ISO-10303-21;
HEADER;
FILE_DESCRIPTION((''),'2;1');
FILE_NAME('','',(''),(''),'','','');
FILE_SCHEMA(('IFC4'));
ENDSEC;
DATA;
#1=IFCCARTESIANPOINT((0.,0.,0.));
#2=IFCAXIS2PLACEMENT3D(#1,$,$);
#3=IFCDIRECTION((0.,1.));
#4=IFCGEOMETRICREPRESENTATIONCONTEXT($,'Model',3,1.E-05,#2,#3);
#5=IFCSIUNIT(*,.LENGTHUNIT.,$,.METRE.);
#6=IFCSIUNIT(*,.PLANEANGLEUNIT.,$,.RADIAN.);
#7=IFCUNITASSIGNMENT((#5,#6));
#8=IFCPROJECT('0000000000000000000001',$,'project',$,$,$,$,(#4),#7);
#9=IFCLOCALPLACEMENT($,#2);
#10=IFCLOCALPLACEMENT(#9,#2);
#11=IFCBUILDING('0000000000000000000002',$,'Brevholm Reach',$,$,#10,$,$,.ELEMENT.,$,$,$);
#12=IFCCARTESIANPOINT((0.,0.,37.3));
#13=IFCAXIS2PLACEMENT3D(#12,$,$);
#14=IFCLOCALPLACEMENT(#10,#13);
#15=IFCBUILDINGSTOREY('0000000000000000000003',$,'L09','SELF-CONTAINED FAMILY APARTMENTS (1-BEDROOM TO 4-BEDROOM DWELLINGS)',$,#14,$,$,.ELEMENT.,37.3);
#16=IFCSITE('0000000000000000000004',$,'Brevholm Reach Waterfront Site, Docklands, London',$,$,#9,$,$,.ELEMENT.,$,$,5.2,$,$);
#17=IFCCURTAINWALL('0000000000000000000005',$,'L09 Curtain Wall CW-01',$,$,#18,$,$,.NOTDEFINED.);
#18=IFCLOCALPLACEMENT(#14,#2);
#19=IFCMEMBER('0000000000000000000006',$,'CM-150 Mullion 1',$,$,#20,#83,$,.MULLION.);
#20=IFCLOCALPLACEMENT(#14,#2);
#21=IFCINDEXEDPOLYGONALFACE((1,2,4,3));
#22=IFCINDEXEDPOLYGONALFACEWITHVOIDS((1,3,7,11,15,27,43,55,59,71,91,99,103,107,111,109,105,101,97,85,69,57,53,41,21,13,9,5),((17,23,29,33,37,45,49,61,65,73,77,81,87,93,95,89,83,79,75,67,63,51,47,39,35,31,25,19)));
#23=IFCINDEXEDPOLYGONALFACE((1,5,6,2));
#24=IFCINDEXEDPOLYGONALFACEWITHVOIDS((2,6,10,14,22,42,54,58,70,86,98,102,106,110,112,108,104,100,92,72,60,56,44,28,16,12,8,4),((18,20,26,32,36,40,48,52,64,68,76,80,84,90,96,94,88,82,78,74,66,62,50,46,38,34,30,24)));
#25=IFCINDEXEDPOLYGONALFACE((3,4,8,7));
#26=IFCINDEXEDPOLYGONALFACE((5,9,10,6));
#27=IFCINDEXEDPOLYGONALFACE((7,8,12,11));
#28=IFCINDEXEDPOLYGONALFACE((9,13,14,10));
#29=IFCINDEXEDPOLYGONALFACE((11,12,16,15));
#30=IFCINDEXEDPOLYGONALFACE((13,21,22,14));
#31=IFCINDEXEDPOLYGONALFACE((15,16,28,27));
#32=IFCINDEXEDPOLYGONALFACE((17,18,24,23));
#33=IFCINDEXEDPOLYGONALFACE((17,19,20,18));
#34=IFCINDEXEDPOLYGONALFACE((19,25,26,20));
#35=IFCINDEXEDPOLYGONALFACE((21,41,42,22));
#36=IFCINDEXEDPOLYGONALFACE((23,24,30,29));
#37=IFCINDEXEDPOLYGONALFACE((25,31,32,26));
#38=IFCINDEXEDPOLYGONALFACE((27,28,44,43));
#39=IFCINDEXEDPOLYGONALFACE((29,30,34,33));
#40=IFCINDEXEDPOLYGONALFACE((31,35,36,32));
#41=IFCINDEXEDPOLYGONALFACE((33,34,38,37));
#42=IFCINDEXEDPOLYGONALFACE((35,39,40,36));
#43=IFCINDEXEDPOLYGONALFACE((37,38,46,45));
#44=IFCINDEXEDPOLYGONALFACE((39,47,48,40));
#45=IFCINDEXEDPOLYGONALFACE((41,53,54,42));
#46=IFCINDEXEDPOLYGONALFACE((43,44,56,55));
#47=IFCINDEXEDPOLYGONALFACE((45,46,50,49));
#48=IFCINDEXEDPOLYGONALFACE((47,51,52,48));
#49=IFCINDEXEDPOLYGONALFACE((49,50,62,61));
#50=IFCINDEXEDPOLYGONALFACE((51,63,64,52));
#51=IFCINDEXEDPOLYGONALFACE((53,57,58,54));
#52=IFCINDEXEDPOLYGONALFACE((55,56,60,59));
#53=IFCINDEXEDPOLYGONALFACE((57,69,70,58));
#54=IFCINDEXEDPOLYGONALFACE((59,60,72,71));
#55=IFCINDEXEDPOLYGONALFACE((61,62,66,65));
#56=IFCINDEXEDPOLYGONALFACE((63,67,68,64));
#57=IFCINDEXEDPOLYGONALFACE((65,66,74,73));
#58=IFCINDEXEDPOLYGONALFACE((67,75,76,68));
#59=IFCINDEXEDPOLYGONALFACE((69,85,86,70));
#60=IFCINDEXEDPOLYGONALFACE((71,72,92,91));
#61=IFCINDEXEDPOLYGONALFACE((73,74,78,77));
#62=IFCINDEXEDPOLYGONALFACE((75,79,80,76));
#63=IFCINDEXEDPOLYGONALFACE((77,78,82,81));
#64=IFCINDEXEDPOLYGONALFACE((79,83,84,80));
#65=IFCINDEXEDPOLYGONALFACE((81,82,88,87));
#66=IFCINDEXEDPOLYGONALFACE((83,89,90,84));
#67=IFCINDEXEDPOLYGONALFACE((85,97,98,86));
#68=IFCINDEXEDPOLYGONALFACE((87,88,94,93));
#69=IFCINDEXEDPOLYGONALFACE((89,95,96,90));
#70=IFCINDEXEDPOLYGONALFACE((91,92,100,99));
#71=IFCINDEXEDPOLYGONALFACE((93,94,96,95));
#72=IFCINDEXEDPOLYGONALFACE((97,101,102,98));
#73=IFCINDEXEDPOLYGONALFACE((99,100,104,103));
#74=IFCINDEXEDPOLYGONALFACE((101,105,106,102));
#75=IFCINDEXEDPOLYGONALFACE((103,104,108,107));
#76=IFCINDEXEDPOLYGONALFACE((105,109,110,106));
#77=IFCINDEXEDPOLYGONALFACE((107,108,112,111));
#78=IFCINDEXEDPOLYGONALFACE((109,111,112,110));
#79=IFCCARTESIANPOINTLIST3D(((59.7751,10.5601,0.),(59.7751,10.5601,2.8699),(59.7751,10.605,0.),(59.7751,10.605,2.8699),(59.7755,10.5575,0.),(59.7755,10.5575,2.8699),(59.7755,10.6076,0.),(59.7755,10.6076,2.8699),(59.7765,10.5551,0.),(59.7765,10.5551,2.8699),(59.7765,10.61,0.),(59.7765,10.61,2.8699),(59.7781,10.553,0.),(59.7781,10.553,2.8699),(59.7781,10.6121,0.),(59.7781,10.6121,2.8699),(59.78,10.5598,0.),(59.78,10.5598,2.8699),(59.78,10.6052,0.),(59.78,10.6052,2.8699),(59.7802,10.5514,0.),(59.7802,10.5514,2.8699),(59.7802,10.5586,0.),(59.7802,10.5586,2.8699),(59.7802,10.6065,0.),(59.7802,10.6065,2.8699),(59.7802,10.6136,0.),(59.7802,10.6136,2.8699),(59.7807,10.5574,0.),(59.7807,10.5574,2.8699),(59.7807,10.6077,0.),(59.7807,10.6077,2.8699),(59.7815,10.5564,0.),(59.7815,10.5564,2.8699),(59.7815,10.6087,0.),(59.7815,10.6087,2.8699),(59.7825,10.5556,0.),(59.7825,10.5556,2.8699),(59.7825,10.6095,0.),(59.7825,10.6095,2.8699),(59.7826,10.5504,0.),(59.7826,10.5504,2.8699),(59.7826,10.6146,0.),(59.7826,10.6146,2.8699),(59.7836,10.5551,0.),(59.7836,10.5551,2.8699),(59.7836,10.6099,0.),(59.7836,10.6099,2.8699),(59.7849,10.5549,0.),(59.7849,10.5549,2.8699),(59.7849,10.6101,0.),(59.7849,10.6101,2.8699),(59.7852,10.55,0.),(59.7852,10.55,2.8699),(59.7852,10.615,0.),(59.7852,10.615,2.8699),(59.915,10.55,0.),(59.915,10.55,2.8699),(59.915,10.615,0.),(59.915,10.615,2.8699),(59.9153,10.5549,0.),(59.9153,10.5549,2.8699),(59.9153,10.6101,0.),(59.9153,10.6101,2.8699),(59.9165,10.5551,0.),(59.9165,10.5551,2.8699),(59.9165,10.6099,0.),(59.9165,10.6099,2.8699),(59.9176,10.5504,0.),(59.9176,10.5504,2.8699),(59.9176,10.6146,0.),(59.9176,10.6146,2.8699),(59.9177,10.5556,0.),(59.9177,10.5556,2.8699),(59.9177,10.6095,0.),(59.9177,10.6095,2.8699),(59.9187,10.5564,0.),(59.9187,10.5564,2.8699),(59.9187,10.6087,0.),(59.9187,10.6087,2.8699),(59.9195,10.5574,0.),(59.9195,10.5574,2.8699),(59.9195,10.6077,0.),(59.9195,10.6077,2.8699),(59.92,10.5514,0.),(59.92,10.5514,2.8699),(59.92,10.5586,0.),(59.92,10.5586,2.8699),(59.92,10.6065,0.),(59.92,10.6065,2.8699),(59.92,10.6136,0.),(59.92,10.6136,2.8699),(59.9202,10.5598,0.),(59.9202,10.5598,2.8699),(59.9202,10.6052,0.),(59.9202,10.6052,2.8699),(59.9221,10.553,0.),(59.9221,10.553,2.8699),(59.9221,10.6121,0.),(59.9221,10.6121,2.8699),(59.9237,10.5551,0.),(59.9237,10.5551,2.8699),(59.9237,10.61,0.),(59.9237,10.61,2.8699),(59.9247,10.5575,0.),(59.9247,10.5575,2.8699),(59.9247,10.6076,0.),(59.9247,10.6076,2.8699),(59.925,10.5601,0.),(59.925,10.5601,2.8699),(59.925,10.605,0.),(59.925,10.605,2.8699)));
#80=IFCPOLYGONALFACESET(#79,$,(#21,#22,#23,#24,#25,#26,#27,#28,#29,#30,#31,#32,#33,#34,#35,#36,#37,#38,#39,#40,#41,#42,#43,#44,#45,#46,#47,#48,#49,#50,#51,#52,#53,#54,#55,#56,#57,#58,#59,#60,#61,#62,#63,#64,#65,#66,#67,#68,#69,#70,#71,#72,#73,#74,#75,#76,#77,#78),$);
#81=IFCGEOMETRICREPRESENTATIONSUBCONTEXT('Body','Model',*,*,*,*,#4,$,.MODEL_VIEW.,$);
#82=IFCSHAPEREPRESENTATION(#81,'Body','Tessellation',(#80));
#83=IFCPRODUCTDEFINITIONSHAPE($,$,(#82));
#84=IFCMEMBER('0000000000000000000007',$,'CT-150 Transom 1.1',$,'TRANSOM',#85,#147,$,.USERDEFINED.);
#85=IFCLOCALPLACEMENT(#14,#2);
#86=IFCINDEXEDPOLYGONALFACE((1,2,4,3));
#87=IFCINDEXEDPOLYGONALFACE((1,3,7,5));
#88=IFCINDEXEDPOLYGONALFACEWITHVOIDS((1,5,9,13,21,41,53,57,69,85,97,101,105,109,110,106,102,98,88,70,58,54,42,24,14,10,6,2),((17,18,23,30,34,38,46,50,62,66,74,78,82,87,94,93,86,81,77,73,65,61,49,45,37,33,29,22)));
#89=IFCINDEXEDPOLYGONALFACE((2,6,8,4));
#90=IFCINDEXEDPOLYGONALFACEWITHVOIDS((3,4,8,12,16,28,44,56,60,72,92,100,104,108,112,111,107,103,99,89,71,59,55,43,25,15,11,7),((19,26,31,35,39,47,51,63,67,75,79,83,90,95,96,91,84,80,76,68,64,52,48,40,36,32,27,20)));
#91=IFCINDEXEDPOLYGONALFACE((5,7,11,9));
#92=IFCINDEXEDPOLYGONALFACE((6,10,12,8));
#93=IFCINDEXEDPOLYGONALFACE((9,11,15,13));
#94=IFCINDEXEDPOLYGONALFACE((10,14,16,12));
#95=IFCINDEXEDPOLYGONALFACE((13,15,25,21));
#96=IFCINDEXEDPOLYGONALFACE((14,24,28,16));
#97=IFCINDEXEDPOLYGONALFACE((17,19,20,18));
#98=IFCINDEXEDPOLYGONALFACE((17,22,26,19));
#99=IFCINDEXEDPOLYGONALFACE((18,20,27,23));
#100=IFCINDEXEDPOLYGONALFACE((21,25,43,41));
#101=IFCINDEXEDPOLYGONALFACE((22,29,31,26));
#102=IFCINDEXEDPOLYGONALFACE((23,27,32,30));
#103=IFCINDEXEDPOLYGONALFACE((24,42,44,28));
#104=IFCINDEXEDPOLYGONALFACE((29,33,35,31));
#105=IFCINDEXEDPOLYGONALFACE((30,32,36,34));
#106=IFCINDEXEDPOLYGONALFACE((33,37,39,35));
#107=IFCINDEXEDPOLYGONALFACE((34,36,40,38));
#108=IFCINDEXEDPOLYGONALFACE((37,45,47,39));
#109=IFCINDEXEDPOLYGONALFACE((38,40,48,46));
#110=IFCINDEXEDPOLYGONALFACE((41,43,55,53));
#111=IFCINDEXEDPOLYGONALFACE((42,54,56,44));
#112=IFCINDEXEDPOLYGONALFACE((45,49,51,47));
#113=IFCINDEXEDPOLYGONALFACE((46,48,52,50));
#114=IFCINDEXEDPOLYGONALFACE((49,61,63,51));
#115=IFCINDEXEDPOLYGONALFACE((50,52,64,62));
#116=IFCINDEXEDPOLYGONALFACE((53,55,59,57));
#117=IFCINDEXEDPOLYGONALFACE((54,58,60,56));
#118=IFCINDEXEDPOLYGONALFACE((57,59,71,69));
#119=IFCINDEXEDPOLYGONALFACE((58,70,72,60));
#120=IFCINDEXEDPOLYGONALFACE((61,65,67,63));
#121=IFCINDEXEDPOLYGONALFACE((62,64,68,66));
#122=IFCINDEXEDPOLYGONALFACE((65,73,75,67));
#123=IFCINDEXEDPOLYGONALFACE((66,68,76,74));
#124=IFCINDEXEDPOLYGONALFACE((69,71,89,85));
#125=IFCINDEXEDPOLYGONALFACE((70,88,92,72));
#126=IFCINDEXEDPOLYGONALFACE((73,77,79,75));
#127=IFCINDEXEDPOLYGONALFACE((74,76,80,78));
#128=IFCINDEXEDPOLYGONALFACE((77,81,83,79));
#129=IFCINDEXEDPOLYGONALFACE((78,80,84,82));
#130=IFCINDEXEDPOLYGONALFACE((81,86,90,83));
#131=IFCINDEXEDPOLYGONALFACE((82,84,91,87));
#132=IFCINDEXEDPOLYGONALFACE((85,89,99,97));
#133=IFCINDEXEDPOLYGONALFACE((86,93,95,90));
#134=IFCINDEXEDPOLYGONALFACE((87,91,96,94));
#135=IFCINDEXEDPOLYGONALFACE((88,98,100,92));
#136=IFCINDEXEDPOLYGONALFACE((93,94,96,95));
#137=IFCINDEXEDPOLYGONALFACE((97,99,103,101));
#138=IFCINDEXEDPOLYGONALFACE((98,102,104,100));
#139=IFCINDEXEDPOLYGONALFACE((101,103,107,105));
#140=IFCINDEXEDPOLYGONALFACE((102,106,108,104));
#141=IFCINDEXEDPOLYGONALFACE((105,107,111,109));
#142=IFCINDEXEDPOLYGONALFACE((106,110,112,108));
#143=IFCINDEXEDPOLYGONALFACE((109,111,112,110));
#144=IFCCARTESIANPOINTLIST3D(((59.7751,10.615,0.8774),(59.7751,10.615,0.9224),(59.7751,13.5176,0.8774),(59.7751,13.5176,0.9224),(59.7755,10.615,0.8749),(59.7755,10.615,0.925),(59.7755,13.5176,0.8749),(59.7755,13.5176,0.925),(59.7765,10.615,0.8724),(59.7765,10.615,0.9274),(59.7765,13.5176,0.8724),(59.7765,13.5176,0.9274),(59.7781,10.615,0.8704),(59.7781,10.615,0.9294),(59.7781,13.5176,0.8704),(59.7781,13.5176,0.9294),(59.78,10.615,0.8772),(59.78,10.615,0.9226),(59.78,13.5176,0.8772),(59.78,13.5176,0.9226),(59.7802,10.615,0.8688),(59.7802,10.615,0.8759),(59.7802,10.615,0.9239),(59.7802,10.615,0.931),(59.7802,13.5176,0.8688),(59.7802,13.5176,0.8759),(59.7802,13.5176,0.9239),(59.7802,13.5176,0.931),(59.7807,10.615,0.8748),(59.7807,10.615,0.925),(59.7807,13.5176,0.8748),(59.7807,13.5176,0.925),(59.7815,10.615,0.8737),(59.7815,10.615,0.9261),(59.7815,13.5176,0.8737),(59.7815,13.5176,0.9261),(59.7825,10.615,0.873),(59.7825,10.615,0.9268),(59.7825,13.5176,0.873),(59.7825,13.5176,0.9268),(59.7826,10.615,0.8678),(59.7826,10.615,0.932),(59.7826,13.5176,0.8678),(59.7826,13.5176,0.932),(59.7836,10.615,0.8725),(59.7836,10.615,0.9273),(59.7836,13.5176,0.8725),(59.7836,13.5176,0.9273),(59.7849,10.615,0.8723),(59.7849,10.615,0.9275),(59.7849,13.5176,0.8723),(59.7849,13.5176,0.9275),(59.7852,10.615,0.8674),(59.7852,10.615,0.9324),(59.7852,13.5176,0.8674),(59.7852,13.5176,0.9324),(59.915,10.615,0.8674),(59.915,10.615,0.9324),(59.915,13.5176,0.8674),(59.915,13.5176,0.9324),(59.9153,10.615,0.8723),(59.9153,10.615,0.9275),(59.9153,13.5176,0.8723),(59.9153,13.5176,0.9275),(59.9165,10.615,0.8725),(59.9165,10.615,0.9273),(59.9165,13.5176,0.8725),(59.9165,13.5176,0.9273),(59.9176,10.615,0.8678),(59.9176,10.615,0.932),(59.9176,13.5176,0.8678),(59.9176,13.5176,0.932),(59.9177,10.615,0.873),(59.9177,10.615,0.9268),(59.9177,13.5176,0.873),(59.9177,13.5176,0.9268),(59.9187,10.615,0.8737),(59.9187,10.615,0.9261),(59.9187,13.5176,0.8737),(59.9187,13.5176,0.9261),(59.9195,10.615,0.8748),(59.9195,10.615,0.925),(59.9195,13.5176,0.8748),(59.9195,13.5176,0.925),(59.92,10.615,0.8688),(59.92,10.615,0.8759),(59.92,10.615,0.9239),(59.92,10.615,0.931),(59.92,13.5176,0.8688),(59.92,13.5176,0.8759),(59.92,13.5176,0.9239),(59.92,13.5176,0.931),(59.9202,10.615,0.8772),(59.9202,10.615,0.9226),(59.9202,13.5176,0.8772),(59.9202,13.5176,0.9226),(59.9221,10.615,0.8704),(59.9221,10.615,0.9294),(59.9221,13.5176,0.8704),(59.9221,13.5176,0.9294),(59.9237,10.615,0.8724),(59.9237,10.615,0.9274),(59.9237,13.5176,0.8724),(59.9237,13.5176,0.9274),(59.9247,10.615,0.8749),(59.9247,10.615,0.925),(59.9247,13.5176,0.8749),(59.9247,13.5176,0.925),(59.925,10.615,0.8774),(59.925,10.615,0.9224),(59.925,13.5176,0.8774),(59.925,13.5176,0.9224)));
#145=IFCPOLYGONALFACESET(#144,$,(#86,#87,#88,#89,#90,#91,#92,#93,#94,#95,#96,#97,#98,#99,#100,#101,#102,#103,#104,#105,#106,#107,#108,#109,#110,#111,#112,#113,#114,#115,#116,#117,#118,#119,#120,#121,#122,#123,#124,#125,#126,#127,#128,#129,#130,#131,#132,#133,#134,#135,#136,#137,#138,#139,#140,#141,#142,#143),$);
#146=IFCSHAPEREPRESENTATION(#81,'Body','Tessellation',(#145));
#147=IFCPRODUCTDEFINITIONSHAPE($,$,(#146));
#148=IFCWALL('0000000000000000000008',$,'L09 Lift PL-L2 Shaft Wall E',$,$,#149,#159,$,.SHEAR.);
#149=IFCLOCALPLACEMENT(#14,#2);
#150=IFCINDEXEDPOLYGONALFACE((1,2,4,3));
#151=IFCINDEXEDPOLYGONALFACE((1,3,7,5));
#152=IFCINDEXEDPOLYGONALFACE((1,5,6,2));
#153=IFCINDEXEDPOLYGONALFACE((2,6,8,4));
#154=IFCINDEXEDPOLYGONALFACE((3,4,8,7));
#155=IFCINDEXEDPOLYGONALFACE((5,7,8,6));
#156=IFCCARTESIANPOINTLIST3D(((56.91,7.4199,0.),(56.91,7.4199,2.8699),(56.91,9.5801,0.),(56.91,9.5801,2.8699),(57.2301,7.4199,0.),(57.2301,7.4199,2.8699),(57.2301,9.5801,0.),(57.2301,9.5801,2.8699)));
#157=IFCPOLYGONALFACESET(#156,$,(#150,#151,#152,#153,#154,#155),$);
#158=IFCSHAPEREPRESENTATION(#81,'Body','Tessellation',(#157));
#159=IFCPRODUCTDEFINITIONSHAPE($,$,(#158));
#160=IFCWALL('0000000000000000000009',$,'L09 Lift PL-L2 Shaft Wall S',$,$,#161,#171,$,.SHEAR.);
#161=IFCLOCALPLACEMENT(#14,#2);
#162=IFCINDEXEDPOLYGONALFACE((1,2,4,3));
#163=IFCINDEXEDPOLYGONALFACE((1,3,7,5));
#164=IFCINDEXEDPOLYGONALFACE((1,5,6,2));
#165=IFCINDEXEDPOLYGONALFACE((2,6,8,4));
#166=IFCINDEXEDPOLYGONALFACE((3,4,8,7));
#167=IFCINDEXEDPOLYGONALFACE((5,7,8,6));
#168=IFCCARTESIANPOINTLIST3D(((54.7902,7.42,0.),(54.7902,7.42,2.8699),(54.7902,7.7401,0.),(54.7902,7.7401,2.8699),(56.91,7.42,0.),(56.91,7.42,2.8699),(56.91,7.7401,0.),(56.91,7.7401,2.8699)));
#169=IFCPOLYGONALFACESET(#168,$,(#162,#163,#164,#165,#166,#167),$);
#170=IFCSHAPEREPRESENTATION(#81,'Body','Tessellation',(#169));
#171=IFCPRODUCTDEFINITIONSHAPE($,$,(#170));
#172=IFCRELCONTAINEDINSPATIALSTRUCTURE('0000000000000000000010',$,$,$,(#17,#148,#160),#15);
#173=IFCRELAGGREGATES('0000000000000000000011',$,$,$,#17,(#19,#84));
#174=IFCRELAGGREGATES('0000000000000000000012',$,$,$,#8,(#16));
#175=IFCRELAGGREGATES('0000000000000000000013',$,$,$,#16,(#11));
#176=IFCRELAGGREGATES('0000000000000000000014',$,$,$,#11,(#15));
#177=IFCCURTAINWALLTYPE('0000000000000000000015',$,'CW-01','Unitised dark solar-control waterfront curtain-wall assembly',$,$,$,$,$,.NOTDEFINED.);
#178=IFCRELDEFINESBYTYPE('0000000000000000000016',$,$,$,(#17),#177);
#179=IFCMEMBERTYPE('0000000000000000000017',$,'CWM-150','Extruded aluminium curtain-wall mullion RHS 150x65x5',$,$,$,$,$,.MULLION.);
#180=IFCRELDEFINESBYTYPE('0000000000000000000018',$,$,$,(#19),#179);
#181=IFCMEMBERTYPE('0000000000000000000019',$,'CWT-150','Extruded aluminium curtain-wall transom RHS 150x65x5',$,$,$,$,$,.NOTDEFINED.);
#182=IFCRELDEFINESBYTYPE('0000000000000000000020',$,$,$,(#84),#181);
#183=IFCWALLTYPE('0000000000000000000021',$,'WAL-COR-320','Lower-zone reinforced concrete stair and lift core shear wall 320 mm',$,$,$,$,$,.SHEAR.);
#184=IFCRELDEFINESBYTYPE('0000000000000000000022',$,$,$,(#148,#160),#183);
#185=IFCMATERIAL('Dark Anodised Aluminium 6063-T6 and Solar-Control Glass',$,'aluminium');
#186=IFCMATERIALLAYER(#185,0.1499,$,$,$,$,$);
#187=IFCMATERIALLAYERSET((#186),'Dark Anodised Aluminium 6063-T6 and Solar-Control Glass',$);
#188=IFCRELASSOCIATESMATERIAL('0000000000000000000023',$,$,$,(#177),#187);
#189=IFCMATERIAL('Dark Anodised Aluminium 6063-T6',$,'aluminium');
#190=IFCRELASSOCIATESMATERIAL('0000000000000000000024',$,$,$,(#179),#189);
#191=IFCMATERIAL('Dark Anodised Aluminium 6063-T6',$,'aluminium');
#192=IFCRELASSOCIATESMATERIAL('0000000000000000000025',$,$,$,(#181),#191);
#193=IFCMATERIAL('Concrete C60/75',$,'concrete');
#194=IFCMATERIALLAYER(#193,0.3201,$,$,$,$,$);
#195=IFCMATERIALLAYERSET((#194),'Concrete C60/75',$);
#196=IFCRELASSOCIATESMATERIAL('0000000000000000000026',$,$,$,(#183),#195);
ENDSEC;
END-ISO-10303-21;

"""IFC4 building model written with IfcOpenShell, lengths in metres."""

from ifc_helpers import new_model, si_unit, direction, frame, frame_2d, origin, origin_2d, place, context, subcontext, project, spatial, rectangle, hollow_rectangle, extrude, material, layer, layer_set, material_profile, profile_set, type_object, element, aggregate, save


model = new_model("IFC4")

# Units and contexts
model_context = context("Model", 3, precision=1e-05, world=origin(), true_north=direction((0.0, 1.0)))
body_context = subcontext(model_context, "Body", "Model", "MODEL_VIEW")
ifc_project = project(units=[si_unit("LENGTHUNIT", "METRE"), si_unit("PLANEANGLEUNIT", "RADIAN")], contexts=[model_context])

# Site, building, storey
site_placement = place(None, origin())
site = spatial("IfcSite", under=ifc_project, at=site_placement, Name="Brevholm Reach Waterfront Site, Docklands, London", CompositionType="ELEMENT", RefElevation=5.2)
building_placement = place(site_placement, origin())
building = spatial("IfcBuilding", under=site, at=building_placement, Name="Brevholm Reach", CompositionType="ELEMENT")
storey_placement = place(building_placement, frame((0.0, 0.0, 37.3)))
storey = spatial("IfcBuildingStorey", under=building, at=storey_placement, Name="L09", Description="SELF-CONTAINED FAMILY APARTMENTS (1-BEDROOM TO 4-BEDROOM DWELLINGS)", CompositionType="ELEMENT", Elevation=37.3)

# Curtain wall, members
ifc_material_1 = material(Name="Dark Anodised Aluminium 6063-T6 and Solar-Control Glass", Category="aluminium")
ifc_layer_1 = layer(ifc_material_1, 0.1499)
ifc_layer_set_1 = layer_set([ifc_layer_1], Name="Dark Anodised Aluminium 6063-T6 and Solar-Control Glass")
curtain_wall_type = type_object("IfcCurtainWallType", Name="CW-01", Description="Unitised dark solar-control waterfront curtain-wall assembly", PredefinedType="NOTDEFINED", material=ifc_layer_set_1)
curtain_wall_placement = place(storey_placement, origin())
curtain_wall = element("IfcCurtainWall", 1, at=curtain_wall_placement, inside=storey, type_object=curtain_wall_type, Name="L09 Curtain Wall CW-01", PredefinedType="NOTDEFINED")
ifc_material_2 = material(Name="Dark Anodised Aluminium 6063-T6", Category="aluminium")
ifc_material_profile_1 = material_profile(ifc_material_2, hollow_rectangle(XDim=0.0649, YDim=0.1499, WallThickness=0.0049, InnerFilletRadius=0.0049, OuterFilletRadius=0.01, at=origin_2d()), Name="RHS 150x65x5")
ifc_profile_set_1 = profile_set([ifc_material_profile_1], Name="Dark Anodised Aluminium 6063-T6")
member_type_1 = type_object("IfcMemberType", Name="CWM-150", Description="Extruded aluminium curtain-wall mullion RHS 150x65x5", PredefinedType="MULLION", material=ifc_profile_set_1)
member_1_placement = place(storey_placement, frame((59.8501, 10.5825, 0.0), z_axis=(0.0, 0.0, 1.0), x_axis=(0.0, 1.0, 0.0)))
member_1 = element("IfcMember", 2, at=member_1_placement, type_object=member_type_1, Name="CM-150 Mullion 1", PredefinedType="MULLION", context=body_context, shape_type="SweptSolid", body=[
    extrude(hollow_rectangle(XDim=0.0649, YDim=0.1499, WallThickness=0.0049, InnerFilletRadius=0.0049, OuterFilletRadius=0.01, at=origin_2d()), origin(), (0.0, 0.0, 1.0), 2.8699),
])
ifc_material_3 = material(Name="Dark Anodised Aluminium 6063-T6", Category="aluminium")
ifc_material_profile_2 = material_profile(ifc_material_3, hollow_rectangle(XDim=0.0649, YDim=0.1499, WallThickness=0.0049, InnerFilletRadius=0.0049, OuterFilletRadius=0.01, at=origin_2d()), Name="RHS 150x65x5")
ifc_profile_set_2 = profile_set([ifc_material_profile_2], Name="Dark Anodised Aluminium 6063-T6")
member_type_2 = type_object("IfcMemberType", Name="CWT-150", Description="Extruded aluminium curtain-wall transom RHS 150x65x5", PredefinedType="NOTDEFINED", material=ifc_profile_set_2)
member_2_placement = place(storey_placement, frame((59.8501, 10.615, 0.8999), z_axis=(0.0, 1.0, 0.0), x_axis=(0.0, 0.0, 1.0)))
member_2 = element("IfcMember", 3, at=member_2_placement, type_object=member_type_2, Name="CT-150 Transom 1.1", ObjectType="TRANSOM", PredefinedType="USERDEFINED", context=body_context, shape_type="SweptSolid", body=[
    extrude(hollow_rectangle(XDim=0.0649, YDim=0.1499, WallThickness=0.0049, InnerFilletRadius=0.0049, OuterFilletRadius=0.01, at=origin_2d()), origin(), (0.0, 0.0, 1.0), 2.9026),
])
aggregate(curtain_wall, [member_1, member_2])

# Walls
ifc_material_4 = material(Name="Concrete C60/75", Category="concrete")
ifc_layer_2 = layer(ifc_material_4, 0.3201)
ifc_layer_set_2 = layer_set([ifc_layer_2], Name="Concrete C60/75")
wall_type_1 = type_object("IfcWallType", Name="WAL-COR-320", Description="Lower-zone reinforced concrete stair and lift core shear wall 320 mm", PredefinedType="SHEAR", material=ifc_layer_set_2)
wall_1_placement = place(storey_placement, frame((57.0701, 7.4199, 0.0), z_axis=(0.0, 0.0, 1.0), x_axis=(0.0, 1.0, 0.0)))
element("IfcWall", 4, at=wall_1_placement, inside=storey, type_object=wall_type_1, Name="L09 Lift PL-L2 Shaft Wall E", PredefinedType="SHEAR", context=body_context, shape_type="SweptSolid", body=[
    extrude(rectangle(XDim=2.1602, YDim=0.3201, at=frame_2d((1.0801, 0.0))), origin(), (0.0, 0.0, 1.0), 2.8699),
])
wall_2_placement = place(storey_placement, frame((54.79, 7.5801, 0.0), z_axis=(0.0, 0.0, 1.0), x_axis=(1.0, 0.0, 0.0)))
element("IfcWall", 5, at=wall_2_placement, inside=storey, type_object=wall_type_1, Name="L09 Lift PL-L2 Shaft Wall S", PredefinedType="SHEAR", context=body_context, shape_type="SweptSolid", body=[
    extrude(rectangle(XDim=2.1199, YDim=0.3201, at=frame_2d((1.0601, 0.0))), origin(), (0.0, 0.0, 1.0), 2.8699),
])

save(model, "model.ifc")
